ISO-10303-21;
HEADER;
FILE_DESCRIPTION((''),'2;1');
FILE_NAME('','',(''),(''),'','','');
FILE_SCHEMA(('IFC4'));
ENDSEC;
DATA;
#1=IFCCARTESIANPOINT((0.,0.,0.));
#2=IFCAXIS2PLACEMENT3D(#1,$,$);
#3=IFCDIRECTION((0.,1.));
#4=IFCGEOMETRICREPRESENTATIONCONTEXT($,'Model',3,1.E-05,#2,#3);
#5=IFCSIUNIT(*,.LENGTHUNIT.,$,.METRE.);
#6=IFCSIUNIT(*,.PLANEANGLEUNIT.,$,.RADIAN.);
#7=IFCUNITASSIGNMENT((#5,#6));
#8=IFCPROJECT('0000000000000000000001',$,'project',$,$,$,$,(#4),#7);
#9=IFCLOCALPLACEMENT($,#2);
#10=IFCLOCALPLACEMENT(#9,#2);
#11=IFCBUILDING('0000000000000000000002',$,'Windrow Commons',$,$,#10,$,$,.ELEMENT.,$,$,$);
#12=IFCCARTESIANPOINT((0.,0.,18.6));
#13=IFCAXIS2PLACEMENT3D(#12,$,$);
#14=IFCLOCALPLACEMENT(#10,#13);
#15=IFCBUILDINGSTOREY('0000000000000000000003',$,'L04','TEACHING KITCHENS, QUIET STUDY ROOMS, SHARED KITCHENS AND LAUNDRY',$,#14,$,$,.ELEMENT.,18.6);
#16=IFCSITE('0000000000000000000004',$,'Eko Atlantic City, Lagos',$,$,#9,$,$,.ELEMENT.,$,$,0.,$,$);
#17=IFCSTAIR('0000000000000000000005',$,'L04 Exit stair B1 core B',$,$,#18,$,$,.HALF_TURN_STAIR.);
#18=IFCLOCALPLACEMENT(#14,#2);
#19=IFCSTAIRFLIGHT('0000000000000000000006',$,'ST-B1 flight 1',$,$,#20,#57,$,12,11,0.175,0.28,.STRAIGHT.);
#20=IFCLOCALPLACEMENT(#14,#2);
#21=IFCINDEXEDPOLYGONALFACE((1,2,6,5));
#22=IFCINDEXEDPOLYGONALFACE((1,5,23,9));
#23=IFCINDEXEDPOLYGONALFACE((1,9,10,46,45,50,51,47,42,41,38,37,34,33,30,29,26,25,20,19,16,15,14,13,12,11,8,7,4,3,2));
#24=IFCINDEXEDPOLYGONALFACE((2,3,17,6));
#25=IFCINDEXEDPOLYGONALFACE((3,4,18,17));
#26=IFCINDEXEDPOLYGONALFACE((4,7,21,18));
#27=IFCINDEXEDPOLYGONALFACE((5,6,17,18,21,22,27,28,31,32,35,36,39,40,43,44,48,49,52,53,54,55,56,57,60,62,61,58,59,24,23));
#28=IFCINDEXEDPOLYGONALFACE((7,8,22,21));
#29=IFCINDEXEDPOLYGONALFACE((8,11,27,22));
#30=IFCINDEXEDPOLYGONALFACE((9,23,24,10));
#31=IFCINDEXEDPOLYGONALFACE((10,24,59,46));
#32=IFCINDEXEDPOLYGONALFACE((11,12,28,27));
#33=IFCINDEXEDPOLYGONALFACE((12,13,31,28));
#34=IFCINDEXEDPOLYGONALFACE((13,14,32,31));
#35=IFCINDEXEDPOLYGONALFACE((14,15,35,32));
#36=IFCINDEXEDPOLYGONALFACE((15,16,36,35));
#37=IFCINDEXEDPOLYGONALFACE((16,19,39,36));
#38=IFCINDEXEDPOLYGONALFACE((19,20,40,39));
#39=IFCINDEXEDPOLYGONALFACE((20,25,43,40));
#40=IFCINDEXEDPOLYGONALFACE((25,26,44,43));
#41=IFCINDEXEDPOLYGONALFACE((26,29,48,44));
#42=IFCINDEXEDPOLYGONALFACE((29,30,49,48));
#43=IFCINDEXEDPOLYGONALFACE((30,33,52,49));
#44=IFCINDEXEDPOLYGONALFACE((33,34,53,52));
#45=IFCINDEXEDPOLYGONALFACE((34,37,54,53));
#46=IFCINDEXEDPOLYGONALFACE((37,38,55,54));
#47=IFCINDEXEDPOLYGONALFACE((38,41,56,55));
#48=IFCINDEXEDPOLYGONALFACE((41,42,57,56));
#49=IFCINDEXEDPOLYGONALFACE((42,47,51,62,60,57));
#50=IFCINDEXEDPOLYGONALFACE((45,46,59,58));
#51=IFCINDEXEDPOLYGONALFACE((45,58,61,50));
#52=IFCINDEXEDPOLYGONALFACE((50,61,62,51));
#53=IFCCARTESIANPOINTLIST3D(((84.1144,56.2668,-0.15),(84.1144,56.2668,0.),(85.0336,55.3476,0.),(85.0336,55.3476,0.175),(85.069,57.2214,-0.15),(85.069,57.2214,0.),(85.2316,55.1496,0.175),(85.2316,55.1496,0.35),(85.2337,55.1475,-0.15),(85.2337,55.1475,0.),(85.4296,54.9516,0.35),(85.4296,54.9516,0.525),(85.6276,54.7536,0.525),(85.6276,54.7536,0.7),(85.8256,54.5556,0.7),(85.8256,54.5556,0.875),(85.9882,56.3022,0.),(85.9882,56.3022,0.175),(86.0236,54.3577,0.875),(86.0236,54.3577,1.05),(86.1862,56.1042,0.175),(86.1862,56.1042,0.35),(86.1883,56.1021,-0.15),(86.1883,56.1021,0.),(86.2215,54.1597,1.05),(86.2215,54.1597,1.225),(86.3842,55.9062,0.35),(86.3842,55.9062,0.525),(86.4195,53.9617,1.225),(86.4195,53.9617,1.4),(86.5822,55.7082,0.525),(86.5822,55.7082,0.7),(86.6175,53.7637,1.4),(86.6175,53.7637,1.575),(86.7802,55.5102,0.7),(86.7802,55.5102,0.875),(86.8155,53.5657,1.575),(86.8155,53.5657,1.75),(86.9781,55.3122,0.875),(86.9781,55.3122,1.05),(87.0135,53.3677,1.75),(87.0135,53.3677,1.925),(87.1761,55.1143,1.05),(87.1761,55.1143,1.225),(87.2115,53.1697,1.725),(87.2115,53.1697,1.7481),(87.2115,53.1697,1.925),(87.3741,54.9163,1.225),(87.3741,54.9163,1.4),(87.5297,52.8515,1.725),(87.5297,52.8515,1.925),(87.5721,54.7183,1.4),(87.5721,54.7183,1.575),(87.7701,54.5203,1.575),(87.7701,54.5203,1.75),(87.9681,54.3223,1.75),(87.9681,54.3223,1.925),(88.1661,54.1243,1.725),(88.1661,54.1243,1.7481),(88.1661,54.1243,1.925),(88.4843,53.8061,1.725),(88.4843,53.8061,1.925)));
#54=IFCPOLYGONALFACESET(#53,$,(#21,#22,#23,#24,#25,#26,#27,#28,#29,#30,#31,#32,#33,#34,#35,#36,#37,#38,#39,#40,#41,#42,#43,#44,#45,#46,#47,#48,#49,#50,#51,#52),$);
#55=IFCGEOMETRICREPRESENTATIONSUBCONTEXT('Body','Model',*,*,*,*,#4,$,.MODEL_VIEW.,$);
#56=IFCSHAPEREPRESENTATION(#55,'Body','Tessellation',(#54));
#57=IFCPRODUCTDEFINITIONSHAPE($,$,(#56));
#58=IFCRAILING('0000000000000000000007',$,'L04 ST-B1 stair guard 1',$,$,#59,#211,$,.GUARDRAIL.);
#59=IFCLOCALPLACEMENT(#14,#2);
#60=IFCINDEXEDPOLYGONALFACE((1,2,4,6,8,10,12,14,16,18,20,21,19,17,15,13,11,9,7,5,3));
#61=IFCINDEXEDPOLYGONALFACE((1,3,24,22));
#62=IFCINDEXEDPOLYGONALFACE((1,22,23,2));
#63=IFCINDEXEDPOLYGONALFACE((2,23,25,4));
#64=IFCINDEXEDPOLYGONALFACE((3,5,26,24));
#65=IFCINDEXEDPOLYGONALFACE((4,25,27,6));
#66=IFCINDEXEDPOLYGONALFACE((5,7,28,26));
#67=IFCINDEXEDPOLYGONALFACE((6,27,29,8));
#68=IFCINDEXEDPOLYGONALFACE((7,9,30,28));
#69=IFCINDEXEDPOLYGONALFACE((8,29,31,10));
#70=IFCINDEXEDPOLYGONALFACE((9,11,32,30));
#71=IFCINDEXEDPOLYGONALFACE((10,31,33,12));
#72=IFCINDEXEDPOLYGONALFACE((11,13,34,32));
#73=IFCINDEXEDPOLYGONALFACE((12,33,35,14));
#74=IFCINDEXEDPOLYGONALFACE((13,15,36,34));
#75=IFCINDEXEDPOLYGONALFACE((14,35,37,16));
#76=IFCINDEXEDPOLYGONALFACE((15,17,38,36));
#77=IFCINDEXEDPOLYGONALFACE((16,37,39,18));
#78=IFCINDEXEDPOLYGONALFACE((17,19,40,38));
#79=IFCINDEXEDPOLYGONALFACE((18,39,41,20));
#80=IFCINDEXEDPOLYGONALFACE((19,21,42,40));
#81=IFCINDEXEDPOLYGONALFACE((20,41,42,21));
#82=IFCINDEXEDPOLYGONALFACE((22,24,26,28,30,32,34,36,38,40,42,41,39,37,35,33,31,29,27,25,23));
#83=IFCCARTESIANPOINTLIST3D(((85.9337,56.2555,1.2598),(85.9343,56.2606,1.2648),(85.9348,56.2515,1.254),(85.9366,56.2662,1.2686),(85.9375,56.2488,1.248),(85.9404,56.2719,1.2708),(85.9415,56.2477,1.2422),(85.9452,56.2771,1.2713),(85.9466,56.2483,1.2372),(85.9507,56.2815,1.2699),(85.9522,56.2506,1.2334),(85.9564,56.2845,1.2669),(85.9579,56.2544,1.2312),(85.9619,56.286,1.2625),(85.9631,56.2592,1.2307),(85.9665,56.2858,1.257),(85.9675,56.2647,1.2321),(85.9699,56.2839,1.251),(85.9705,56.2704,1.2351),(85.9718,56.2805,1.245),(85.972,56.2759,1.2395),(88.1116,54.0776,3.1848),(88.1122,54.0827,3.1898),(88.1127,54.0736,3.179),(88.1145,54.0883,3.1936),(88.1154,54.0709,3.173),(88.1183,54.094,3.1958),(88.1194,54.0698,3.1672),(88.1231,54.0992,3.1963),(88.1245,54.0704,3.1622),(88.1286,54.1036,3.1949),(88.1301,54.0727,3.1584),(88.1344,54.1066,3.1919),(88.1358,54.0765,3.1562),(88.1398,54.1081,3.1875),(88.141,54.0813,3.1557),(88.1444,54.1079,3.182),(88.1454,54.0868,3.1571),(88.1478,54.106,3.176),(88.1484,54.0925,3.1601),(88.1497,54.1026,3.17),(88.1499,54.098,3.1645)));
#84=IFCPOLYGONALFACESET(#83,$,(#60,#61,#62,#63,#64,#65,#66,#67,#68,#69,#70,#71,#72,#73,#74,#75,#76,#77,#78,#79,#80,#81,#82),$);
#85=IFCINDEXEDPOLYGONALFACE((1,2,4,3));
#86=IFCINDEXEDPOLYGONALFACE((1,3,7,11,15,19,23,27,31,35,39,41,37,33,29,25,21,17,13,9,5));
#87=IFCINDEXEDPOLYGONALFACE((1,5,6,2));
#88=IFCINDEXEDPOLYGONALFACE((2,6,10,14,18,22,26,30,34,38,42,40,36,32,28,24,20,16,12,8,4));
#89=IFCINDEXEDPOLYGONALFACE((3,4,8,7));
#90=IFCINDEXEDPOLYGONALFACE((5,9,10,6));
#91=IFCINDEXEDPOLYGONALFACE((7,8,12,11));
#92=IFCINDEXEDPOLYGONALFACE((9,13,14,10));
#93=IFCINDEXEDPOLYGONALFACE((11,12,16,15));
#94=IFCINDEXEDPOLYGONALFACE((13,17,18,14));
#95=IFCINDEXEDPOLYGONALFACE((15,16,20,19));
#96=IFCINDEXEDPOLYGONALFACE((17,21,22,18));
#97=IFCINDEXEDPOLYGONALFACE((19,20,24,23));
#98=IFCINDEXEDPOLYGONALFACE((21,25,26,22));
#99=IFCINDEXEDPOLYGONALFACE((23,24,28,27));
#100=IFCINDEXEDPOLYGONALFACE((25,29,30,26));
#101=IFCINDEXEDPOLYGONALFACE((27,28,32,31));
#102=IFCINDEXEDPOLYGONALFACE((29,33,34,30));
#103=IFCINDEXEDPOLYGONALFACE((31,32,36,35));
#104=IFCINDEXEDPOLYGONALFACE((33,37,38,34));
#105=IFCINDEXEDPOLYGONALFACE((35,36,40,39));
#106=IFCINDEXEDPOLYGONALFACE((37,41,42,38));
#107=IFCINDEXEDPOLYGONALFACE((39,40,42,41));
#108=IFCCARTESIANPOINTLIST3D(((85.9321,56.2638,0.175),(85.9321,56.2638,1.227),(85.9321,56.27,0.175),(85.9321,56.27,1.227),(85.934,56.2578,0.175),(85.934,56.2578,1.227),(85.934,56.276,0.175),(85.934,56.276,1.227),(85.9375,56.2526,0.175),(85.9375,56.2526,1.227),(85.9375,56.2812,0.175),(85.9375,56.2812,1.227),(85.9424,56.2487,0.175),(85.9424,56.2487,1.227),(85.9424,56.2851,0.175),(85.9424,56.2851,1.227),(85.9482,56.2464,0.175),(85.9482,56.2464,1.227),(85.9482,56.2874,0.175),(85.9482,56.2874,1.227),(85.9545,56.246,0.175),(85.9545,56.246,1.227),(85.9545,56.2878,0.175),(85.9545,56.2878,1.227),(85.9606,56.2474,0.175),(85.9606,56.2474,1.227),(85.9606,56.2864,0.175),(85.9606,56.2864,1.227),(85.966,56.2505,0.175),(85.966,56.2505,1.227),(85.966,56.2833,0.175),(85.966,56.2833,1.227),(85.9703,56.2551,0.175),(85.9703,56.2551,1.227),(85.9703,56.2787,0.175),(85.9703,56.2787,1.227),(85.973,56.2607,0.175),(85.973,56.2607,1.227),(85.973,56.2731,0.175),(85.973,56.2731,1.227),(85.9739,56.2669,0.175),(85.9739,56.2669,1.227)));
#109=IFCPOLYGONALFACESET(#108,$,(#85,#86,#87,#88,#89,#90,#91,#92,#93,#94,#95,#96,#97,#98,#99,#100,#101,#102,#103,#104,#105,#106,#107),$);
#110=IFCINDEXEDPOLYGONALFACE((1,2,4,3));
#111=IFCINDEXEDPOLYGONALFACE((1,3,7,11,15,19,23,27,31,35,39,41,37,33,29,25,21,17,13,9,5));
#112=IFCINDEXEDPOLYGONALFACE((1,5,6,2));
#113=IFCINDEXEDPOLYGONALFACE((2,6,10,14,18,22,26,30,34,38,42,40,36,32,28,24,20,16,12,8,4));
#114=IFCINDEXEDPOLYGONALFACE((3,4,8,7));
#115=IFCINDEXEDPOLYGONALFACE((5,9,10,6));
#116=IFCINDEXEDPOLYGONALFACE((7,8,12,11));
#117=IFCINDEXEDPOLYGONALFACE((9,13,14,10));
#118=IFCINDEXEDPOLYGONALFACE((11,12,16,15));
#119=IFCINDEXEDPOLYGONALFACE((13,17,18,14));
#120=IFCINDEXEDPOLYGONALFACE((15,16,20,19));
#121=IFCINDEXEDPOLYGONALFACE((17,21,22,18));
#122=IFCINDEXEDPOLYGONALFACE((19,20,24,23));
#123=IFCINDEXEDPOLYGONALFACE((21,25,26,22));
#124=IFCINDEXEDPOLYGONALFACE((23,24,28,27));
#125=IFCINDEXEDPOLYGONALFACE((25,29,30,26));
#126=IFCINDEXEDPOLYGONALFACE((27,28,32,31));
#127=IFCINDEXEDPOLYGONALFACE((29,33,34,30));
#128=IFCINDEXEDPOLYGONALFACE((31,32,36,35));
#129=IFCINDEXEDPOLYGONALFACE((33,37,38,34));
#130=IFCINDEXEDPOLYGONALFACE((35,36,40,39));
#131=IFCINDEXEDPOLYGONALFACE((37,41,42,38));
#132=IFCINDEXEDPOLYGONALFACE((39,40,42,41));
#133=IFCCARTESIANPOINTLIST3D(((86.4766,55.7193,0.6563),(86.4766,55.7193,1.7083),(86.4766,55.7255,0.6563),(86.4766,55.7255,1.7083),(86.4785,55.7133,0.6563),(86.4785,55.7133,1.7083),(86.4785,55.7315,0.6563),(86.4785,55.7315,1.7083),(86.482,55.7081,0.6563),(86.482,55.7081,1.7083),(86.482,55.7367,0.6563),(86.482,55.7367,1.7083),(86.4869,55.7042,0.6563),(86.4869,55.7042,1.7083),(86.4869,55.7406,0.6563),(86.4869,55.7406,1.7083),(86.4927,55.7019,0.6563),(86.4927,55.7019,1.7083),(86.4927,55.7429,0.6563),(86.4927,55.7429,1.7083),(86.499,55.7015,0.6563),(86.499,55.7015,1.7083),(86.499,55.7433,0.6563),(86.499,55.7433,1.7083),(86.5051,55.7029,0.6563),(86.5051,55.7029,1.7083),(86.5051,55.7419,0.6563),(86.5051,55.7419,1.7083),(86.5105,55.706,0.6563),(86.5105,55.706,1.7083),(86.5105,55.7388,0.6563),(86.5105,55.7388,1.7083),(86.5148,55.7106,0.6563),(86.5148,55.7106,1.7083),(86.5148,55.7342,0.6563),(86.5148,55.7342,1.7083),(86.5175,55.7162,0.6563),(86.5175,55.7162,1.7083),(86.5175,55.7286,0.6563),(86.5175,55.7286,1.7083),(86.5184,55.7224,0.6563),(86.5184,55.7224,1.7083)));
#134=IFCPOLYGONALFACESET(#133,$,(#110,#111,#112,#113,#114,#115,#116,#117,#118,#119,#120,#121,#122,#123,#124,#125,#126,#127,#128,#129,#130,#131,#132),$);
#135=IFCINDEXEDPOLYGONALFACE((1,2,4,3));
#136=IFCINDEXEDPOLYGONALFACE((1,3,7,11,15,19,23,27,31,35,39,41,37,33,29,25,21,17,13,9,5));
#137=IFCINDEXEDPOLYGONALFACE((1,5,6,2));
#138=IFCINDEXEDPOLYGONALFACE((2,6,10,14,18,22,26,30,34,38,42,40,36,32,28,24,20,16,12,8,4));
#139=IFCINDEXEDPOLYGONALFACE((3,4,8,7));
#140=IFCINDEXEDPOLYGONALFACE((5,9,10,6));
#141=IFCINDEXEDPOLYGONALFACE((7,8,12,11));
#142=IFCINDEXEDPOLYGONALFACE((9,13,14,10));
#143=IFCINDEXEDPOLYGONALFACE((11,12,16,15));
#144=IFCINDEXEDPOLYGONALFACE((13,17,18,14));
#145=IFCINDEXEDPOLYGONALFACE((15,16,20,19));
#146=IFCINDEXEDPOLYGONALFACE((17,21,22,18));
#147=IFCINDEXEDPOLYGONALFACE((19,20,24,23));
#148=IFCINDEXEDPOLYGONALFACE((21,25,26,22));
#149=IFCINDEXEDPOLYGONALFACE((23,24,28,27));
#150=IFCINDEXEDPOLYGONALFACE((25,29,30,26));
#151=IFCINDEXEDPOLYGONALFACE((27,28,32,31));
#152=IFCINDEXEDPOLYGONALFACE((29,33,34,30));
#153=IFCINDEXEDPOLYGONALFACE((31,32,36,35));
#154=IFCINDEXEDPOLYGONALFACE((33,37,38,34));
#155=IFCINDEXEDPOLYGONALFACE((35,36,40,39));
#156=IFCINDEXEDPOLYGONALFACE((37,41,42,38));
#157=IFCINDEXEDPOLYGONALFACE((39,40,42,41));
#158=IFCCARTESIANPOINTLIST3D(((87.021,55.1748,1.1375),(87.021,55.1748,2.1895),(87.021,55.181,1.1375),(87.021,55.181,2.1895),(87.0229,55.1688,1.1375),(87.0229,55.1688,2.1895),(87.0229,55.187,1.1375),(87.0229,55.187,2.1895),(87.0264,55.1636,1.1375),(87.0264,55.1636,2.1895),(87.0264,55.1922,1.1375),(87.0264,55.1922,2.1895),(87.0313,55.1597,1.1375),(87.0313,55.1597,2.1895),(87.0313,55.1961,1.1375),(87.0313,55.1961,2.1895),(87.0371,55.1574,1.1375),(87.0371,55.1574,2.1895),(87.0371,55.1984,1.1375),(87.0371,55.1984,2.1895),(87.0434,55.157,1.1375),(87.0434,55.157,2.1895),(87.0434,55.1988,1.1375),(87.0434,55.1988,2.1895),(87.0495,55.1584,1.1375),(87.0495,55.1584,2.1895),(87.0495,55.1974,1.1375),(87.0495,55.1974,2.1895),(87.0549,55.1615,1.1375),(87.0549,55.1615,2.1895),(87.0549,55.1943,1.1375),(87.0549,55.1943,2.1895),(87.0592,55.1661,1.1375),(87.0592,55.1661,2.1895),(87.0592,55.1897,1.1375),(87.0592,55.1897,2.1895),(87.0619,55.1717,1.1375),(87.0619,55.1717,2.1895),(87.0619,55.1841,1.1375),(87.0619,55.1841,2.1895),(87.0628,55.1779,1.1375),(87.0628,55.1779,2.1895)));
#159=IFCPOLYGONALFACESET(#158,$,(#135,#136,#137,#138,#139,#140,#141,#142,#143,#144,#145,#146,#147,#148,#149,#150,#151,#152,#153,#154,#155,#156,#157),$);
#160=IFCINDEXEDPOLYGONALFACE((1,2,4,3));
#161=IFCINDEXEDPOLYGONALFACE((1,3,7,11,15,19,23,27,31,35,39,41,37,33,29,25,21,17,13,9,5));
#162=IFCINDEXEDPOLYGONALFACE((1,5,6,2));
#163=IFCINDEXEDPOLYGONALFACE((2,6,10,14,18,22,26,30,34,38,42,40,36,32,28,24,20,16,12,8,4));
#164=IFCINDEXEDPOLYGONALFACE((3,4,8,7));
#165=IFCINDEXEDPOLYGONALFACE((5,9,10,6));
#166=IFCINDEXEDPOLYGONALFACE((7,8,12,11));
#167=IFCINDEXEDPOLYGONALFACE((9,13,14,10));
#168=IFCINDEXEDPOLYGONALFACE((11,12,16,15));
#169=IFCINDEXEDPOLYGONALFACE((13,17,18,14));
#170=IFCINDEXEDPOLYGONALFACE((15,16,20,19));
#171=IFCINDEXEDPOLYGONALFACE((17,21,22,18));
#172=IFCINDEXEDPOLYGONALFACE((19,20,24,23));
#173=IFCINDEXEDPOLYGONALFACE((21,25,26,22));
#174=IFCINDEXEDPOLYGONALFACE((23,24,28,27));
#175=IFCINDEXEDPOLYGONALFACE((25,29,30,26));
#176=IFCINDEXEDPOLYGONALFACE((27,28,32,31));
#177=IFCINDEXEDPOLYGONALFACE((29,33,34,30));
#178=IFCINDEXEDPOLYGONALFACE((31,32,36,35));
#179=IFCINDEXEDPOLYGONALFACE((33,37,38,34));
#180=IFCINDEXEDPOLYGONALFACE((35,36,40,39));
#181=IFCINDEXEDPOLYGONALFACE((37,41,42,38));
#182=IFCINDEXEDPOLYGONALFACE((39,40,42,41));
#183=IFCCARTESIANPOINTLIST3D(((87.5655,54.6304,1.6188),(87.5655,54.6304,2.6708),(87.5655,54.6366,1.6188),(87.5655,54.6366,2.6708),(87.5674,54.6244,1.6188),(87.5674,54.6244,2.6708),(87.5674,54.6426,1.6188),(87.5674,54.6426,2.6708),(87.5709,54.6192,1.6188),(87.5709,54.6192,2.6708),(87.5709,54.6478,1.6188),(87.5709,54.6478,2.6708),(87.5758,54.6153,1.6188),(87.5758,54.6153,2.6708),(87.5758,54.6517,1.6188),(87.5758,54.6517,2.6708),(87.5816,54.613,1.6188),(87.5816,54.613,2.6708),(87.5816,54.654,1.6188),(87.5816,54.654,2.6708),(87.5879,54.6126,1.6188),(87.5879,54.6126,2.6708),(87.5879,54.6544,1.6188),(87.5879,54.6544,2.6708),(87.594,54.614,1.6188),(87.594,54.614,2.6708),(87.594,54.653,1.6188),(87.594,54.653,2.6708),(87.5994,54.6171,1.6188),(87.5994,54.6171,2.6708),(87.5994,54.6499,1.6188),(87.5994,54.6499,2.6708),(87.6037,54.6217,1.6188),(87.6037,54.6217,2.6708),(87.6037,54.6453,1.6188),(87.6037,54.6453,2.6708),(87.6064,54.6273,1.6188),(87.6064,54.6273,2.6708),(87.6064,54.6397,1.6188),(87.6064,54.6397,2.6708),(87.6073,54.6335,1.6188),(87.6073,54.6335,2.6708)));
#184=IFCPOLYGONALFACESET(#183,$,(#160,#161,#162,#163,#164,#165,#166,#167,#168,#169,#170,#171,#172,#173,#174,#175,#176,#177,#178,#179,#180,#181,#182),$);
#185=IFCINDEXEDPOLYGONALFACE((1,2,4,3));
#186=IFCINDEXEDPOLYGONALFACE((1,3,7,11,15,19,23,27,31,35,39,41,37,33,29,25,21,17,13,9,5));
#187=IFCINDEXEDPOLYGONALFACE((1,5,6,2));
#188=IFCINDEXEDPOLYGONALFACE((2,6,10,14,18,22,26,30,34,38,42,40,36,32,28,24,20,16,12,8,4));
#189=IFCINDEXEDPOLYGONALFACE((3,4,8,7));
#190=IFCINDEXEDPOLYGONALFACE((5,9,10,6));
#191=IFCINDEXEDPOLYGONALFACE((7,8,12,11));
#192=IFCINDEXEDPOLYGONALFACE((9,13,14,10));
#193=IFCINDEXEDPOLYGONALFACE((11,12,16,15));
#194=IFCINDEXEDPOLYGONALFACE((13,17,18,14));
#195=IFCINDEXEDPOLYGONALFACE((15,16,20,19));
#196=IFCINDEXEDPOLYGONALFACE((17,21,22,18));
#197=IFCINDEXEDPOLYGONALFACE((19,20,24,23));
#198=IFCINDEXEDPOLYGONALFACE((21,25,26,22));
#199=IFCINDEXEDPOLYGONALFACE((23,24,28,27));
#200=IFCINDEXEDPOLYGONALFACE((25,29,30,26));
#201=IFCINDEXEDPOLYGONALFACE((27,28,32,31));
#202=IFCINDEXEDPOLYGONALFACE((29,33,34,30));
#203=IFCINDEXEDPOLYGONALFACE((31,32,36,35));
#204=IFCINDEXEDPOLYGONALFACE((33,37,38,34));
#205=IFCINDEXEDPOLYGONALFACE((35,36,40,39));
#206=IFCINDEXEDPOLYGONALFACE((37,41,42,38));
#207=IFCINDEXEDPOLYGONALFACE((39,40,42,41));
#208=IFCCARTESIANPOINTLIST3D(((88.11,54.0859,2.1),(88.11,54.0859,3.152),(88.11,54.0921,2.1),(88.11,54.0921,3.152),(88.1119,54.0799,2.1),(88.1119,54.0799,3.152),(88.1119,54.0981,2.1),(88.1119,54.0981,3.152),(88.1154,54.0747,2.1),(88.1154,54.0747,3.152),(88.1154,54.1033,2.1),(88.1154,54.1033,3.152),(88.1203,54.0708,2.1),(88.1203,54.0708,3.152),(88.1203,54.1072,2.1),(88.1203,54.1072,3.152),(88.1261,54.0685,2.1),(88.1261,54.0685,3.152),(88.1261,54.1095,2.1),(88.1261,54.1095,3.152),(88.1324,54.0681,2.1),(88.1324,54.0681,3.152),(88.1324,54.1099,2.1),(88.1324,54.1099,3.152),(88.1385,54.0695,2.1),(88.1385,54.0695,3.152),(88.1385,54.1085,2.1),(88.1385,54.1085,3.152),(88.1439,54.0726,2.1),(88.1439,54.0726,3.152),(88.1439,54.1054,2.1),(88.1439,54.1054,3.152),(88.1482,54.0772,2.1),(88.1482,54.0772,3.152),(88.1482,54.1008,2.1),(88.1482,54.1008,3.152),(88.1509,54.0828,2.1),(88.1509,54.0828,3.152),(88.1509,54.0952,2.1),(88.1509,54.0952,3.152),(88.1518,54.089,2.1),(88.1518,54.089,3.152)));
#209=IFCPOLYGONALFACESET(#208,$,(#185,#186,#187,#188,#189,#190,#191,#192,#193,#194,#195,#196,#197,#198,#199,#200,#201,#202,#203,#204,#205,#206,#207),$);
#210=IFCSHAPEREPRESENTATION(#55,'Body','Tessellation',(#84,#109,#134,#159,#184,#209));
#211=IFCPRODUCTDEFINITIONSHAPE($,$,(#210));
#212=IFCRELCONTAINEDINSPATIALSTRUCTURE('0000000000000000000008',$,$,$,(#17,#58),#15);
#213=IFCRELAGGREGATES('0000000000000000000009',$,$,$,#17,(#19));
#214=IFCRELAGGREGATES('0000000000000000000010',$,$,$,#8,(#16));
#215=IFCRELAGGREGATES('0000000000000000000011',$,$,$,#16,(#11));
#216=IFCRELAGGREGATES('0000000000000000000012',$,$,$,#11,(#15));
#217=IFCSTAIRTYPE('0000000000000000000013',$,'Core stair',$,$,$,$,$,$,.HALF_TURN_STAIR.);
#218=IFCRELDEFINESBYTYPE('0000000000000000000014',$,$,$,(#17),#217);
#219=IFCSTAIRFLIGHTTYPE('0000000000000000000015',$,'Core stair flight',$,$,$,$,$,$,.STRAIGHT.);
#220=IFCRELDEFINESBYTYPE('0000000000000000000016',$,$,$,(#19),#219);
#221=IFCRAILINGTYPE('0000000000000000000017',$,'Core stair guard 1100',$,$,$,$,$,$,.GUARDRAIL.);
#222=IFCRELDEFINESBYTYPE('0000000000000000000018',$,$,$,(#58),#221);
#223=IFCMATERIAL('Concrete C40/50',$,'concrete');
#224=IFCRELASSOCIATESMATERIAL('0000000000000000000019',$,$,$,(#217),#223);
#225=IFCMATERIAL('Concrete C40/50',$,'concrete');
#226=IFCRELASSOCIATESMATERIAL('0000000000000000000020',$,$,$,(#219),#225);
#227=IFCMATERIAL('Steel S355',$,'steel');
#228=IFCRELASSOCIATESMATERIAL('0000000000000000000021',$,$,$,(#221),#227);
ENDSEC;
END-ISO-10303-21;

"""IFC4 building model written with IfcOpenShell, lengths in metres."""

from ifc_helpers import new_model, si_unit, direction, frame, origin, origin_2d, place, context, subcontext, project, spatial, polyline, circle, outline, extrude, material, type_object, element, aggregate, save


model = new_model("IFC4")

# Units and contexts
model_context = context("Model", 3, precision=1e-05, world=origin(), true_north=direction((0.0, 1.0)))
body_context = subcontext(model_context, "Body", "Model", "MODEL_VIEW")
ifc_project = project(units=[si_unit("LENGTHUNIT", "METRE"), si_unit("PLANEANGLEUNIT", "RADIAN")], contexts=[model_context])

# Site, building, storey
site_placement = place(None, origin())
site = spatial("IfcSite", under=ifc_project, at=site_placement, Name="Eko Atlantic City, Lagos", CompositionType="ELEMENT", RefElevation=0.0)
building_placement = place(site_placement, origin())
building = spatial("IfcBuilding", under=site, at=building_placement, Name="Windrow Commons", CompositionType="ELEMENT")
storey_placement = place(building_placement, frame((0.0, 0.0, 18.6)))
storey = spatial("IfcBuildingStorey", under=building, at=storey_placement, Name="L04", Description="TEACHING KITCHENS, QUIET STUDY ROOMS, SHARED KITCHENS AND LAUNDRY", CompositionType="ELEMENT", Elevation=18.6)

# Stair, stair flight
ifc_material_1 = material(Name="Concrete C40/50", Category="concrete")
stair_type = type_object("IfcStairType", Name="Core stair", PredefinedType="HALF_TURN_STAIR", material=ifc_material_1)
stair_placement = place(storey_placement, origin())
stair = element("IfcStair", 1, at=stair_placement, inside=storey, type_object=stair_type, Name="L04 Exit stair B1 core B", PredefinedType="HALF_TURN_STAIR")
ifc_material_2 = material(Name="Concrete C40/50", Category="concrete")
stair_flight_type = type_object("IfcStairFlightType", Name="Core stair flight", PredefinedType="STRAIGHT", material=ifc_material_2)
stair_flight_placement = place(storey_placement, frame((85.5109, 55.8249, 0.0), z_axis=(0.0, 0.0, 1.0), x_axis=(0.707107, -0.707107, 0.0)))
stair_flight = element("IfcStairFlight", 2, at=stair_flight_placement, type_object=stair_flight_type, Name="ST-B1 flight 1", NumberOfRisers=12, NumberOfTreads=11, PredefinedType="STRAIGHT", RiserHeight=0.175, TreadLength=0.28, context=body_context, shape_type="SweptSolid", body=[
    extrude(outline(polyline([(-1.3, -0.15), (-1.3, 0.0), (0.0, 0.0), (0.0, 0.175), (0.28, 0.175), (0.28, 0.35), (0.56, 0.35), (0.56, 0.525), (0.84, 0.525), (0.84, 0.7), (1.12, 0.7), (1.12, 0.875), (1.4, 0.875), (1.4, 1.05), (1.68, 1.05), (1.68, 1.225), (1.96, 1.225), (1.96, 1.4), (2.24, 1.4), (2.24, 1.575), (2.52, 1.575), (2.52, 1.75), (2.8, 1.75), (2.8, 1.925), (3.08, 1.925), (3.53, 1.925), (3.53, 1.725), (3.08, 1.725), (3.08, 1.7481), (0.283, 0.0), (0.283, -0.15), (-1.3, -0.15)])), frame((0.0, 0.675, 0.0), z_axis=(0.0, -1.0, 0.0), x_axis=(1.0, 0.0, 0.0)), (0.0, 0.0, 1.0), 1.35),
])
aggregate(stair, [stair_flight])

# Railing
ifc_material_3 = material(Name="Steel S355", Category="steel")
railing_type = type_object("IfcRailingType", Name="Core stair guard 1100", PredefinedType="GUARDRAIL", material=ifc_material_3)
railing_1_placement = place(storey_placement, frame((85.9529, 56.2669, 0.175)))
element("IfcRailing", 3, at=railing_1_placement, inside=storey, type_object=railing_type, Name="L04 ST-B1 stair guard 1", PredefinedType="GUARDRAIL", context=body_context, shape_type="SweptSolid", body=[
    extrude(circle(Radius=0.024, at=origin_2d()), frame((0.0, 0.0, 1.076), z_axis=(0.599626, -0.599626, 0.529997), x_axis=(0.707107, 0.707107, 0.0)), (0.0, 0.0, 1.0), 3.6321),
    extrude(circle(Radius=0.021, at=origin_2d()), origin(), (0.0, 0.0, 1.0), 1.052),
    extrude(circle(Radius=0.021, at=origin_2d()), frame((0.5445, -0.5445, 0.4813)), (0.0, 0.0, 1.0), 1.052),
    extrude(circle(Radius=0.021, at=origin_2d()), frame((1.0889, -1.089, 0.9625)), (0.0, 0.0, 1.0), 1.052),
    extrude(circle(Radius=0.021, at=origin_2d()), frame((1.6334, -1.6334, 1.4438)), (0.0, 0.0, 1.0), 1.052),
    extrude(circle(Radius=0.021, at=origin_2d()), frame((2.1779, -2.1779, 1.925)), (0.0, 0.0, 1.0), 1.052),
])

save(model, "model.ifc")
